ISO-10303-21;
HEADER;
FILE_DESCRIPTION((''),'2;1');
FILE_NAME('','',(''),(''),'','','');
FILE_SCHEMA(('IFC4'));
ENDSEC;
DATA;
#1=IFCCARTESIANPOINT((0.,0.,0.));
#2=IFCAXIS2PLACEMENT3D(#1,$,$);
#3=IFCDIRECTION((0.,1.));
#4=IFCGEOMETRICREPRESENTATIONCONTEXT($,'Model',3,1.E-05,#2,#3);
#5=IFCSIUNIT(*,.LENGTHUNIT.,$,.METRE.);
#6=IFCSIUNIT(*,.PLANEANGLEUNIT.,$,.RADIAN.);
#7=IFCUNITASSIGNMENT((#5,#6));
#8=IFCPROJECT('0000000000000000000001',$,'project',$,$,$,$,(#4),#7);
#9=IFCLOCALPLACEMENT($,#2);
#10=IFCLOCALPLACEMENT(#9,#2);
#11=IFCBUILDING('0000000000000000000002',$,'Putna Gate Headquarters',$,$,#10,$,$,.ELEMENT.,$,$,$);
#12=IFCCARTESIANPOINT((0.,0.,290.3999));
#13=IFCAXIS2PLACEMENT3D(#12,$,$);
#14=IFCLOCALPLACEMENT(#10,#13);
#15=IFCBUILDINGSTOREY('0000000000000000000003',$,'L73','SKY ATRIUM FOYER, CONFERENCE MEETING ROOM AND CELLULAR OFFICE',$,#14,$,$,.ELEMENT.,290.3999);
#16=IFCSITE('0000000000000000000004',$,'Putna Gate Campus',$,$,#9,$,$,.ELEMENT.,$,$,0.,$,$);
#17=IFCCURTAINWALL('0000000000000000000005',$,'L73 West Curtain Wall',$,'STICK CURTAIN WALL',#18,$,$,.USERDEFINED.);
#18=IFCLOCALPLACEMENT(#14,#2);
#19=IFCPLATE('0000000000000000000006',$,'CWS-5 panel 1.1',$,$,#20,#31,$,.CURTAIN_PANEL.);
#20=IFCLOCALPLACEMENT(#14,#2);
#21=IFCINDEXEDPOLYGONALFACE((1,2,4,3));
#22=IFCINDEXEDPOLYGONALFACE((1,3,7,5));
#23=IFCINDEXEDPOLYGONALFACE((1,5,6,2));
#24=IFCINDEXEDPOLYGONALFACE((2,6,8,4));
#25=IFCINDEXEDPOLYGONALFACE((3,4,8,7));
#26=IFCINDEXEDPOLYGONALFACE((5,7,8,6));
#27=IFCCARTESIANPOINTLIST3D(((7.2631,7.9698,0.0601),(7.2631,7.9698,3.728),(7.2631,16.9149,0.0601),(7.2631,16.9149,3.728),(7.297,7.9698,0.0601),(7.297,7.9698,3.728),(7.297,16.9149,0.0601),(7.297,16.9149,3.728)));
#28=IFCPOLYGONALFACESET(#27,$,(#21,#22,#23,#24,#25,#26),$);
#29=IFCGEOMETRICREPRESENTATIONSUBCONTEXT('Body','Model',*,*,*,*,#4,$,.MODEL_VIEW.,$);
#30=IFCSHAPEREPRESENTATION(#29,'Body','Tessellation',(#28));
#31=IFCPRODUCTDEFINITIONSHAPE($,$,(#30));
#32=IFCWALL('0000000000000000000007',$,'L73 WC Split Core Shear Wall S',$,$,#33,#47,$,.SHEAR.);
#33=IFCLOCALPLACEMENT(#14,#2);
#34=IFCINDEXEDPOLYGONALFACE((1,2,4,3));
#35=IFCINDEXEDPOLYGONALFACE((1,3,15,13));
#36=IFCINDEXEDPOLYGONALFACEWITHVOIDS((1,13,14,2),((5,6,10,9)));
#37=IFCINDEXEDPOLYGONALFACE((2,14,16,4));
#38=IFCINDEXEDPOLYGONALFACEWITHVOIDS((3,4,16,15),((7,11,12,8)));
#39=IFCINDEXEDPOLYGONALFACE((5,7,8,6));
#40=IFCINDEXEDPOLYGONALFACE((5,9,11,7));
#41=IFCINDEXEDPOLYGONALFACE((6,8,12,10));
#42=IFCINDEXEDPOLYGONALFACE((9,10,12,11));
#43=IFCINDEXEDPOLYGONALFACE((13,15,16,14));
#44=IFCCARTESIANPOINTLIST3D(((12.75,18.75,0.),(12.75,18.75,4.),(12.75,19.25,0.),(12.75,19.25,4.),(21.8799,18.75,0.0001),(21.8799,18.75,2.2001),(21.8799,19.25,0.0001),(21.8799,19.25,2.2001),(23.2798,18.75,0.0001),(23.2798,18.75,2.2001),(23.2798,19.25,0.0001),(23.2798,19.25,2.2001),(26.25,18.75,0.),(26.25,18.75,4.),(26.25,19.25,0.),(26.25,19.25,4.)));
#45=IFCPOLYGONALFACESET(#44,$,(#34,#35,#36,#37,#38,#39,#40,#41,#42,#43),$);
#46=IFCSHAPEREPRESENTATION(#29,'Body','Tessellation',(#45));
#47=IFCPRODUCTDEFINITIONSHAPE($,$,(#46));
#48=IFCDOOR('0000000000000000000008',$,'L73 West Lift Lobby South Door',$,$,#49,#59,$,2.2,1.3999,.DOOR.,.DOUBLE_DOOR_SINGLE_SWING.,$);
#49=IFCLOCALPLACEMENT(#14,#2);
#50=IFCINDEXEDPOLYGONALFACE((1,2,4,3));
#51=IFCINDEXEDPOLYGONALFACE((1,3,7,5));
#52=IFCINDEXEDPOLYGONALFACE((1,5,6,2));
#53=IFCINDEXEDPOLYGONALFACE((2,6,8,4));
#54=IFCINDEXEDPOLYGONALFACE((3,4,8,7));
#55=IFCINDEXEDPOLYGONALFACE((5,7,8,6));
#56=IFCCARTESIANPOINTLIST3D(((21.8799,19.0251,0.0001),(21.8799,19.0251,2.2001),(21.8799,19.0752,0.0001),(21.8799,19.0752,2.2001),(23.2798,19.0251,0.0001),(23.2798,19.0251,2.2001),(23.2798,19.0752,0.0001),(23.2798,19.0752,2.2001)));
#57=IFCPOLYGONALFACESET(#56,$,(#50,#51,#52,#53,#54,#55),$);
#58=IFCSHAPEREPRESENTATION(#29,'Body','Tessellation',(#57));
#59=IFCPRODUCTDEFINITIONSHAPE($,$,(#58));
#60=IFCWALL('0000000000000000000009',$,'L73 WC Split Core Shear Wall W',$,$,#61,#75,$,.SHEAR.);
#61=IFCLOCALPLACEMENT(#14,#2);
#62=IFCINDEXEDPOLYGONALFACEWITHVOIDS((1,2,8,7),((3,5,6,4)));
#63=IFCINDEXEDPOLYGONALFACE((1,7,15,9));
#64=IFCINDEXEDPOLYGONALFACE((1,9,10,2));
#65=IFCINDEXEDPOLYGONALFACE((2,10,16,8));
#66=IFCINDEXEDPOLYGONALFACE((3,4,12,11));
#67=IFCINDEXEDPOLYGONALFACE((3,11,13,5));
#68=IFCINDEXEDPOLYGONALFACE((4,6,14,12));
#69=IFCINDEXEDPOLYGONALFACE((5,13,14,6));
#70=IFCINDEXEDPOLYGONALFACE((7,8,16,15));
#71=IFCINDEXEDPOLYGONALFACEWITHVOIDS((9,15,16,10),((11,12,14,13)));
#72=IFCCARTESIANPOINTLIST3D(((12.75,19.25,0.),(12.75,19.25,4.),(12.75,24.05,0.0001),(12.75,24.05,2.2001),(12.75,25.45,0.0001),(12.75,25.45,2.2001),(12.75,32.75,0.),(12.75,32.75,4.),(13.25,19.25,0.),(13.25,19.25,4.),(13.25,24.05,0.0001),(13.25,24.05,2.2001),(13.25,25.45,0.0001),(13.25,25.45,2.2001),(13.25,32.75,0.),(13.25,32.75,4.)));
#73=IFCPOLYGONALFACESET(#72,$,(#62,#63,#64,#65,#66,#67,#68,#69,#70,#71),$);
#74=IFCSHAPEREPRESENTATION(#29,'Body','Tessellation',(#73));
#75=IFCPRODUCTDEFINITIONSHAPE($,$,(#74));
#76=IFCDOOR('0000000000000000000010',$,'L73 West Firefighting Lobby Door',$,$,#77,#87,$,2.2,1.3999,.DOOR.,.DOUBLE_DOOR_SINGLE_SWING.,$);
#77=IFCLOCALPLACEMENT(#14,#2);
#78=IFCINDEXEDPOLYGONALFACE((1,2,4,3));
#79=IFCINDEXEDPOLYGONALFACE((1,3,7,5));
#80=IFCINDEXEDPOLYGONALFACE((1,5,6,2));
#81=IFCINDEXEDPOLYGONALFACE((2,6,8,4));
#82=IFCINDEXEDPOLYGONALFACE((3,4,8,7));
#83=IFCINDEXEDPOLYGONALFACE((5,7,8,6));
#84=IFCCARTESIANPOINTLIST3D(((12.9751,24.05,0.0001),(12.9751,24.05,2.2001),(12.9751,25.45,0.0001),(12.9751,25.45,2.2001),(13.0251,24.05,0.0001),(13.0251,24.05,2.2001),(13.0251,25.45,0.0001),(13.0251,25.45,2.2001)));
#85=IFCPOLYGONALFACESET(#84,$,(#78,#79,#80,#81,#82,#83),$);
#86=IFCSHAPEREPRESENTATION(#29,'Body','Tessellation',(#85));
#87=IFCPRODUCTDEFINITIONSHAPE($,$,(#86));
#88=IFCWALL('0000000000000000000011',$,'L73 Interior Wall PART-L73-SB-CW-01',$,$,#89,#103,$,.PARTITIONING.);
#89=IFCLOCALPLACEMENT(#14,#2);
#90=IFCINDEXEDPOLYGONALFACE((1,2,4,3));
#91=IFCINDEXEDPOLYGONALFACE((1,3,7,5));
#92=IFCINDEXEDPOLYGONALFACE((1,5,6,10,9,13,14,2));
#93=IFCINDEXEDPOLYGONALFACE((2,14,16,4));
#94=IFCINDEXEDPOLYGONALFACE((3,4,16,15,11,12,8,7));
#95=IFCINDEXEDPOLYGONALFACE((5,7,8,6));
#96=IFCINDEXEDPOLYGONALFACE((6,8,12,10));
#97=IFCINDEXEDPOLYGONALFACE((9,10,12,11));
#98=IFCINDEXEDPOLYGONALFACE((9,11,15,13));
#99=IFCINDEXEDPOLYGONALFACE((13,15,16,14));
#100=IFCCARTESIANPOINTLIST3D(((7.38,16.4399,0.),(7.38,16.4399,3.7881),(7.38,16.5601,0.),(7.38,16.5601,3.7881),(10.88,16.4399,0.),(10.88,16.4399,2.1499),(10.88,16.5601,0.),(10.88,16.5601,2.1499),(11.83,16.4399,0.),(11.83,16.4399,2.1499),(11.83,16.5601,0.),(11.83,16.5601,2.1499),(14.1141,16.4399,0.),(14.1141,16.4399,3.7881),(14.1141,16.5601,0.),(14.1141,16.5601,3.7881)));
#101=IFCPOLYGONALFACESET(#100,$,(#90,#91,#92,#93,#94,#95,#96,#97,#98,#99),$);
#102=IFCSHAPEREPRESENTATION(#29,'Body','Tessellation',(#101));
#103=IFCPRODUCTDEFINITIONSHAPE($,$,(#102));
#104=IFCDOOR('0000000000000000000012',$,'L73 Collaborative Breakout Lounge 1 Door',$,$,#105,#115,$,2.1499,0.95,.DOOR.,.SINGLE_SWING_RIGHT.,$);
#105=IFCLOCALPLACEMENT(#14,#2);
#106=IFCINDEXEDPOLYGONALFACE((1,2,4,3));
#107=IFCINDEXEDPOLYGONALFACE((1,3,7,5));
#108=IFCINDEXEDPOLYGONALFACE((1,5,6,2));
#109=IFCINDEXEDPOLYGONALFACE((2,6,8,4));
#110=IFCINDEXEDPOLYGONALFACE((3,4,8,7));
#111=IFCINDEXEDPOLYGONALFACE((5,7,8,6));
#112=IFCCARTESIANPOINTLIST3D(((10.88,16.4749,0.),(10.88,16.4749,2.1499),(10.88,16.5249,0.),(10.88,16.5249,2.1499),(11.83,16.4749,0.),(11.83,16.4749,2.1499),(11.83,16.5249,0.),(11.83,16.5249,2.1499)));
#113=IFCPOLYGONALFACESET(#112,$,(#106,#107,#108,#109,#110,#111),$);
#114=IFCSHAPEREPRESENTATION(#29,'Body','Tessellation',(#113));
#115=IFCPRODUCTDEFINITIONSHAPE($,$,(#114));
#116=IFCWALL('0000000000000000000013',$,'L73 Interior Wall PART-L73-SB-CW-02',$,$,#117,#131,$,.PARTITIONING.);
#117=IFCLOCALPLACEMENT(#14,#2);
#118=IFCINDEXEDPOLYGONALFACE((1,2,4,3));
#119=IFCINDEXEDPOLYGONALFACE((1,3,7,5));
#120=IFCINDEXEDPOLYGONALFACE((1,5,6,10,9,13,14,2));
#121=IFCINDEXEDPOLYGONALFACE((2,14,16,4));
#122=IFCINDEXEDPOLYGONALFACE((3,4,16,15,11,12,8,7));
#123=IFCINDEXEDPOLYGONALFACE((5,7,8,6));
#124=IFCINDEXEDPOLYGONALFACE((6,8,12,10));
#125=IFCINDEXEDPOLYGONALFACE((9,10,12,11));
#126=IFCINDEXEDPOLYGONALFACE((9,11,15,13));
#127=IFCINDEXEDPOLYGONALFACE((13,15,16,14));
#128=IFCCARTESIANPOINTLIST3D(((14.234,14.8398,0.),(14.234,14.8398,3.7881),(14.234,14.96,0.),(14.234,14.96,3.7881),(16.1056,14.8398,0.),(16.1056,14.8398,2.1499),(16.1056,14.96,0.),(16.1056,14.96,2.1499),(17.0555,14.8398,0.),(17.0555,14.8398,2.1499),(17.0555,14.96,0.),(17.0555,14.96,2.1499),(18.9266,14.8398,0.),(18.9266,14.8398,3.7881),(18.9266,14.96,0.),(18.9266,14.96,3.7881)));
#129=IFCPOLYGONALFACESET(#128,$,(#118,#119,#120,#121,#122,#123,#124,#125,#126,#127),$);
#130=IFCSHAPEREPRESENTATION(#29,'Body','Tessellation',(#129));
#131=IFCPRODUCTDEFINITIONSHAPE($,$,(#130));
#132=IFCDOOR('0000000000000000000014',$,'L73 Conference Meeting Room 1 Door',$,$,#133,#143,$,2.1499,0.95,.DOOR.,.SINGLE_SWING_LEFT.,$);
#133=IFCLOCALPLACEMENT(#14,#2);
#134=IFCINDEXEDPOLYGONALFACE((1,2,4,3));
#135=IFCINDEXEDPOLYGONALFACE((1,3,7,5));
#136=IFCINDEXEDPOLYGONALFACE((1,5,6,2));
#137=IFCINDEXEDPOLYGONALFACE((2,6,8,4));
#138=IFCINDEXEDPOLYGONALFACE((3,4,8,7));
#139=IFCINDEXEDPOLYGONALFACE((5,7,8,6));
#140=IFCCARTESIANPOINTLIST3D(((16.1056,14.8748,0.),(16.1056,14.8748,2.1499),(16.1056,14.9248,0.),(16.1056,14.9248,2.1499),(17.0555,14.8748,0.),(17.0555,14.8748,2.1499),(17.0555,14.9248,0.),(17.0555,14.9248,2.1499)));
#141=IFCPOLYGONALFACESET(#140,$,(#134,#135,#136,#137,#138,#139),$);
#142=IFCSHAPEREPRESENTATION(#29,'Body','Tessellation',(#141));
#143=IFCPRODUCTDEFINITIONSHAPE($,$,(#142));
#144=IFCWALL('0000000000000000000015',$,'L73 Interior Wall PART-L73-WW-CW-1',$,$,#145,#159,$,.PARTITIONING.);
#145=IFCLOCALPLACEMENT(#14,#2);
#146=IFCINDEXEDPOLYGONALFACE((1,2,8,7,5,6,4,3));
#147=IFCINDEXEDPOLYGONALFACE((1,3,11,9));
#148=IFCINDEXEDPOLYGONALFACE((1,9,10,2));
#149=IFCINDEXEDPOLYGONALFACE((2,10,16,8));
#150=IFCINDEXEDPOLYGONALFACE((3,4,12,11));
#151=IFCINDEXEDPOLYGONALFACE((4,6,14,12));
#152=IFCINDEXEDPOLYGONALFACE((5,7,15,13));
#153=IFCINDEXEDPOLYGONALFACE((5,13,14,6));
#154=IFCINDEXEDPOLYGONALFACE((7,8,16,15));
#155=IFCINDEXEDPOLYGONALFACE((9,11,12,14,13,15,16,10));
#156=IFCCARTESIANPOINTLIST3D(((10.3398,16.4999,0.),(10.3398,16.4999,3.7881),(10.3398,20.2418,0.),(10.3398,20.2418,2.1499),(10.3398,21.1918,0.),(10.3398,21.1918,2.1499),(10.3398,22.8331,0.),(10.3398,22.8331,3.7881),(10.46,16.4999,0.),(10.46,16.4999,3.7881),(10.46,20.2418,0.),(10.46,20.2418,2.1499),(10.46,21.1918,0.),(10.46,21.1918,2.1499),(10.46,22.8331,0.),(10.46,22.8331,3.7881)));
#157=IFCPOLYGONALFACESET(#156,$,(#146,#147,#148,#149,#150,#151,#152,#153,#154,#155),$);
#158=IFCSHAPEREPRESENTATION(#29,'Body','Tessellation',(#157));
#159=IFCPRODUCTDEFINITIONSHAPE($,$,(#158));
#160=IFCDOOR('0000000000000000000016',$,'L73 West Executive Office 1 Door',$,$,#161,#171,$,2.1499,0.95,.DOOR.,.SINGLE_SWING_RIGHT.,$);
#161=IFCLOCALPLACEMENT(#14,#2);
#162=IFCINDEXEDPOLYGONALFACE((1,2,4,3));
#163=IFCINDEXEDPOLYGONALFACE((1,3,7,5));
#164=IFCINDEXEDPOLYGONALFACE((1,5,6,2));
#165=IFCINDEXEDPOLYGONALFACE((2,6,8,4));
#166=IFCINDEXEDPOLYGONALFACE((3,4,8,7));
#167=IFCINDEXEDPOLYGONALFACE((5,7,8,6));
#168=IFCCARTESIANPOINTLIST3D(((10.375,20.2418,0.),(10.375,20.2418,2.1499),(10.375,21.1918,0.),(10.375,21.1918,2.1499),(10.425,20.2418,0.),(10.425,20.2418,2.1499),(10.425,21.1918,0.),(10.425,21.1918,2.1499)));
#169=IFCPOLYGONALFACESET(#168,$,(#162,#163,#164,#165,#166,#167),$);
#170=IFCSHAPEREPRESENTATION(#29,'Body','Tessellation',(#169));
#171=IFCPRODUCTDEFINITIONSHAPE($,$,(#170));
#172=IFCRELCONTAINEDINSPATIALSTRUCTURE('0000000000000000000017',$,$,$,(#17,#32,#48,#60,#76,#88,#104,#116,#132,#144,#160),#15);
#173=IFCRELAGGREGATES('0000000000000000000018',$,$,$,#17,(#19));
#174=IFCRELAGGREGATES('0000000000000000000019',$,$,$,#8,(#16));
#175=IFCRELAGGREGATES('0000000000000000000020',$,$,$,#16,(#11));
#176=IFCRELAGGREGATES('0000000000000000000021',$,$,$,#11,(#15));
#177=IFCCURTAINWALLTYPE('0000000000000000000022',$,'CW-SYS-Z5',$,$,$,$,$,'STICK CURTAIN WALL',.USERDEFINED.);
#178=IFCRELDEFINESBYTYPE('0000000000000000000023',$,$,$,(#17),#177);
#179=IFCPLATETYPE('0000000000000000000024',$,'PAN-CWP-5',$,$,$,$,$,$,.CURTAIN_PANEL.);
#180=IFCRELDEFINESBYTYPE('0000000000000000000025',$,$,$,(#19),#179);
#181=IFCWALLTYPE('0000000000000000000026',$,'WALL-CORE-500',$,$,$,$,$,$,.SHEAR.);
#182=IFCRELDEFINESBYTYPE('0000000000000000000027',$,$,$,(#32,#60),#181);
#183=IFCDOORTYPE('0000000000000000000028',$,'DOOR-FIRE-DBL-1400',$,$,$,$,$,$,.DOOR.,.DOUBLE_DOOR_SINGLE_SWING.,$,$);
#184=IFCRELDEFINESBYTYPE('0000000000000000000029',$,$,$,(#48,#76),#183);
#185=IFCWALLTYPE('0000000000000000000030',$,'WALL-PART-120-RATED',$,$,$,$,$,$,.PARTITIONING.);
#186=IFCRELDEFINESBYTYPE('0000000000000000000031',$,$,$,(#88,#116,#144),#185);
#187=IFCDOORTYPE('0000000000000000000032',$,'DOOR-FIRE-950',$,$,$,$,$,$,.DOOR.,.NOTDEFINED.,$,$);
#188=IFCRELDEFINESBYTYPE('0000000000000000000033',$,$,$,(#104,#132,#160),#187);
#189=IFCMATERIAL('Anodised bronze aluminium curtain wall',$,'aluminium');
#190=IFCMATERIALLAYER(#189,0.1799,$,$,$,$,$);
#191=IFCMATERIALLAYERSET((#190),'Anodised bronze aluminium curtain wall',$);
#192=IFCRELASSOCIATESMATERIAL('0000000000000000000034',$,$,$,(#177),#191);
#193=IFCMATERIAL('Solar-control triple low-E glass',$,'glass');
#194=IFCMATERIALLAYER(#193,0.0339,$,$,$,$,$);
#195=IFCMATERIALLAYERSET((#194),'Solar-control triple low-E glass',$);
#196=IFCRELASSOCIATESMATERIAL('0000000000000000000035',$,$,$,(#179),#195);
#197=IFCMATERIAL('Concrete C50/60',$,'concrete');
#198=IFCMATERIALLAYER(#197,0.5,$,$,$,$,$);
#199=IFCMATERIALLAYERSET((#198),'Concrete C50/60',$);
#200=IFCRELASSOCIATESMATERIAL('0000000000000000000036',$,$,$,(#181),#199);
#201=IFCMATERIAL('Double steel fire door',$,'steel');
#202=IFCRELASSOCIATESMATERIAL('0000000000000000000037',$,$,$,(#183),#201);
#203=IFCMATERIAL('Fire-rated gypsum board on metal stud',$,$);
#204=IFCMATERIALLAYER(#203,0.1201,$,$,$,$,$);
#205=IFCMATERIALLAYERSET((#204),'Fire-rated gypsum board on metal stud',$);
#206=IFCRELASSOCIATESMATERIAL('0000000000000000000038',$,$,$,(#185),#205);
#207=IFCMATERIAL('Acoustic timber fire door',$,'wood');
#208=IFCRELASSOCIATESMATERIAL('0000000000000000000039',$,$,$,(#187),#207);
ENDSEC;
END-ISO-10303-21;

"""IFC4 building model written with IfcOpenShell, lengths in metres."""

from ifc_helpers import new_model, si_unit, direction, frame, frame_2d, origin, origin_2d, place, context, subcontext, project, spatial, rectangle, extrude, material, layer, layer_set, type_object, element, fill, aggregate, save


model = new_model("IFC4")

# Units and contexts
model_context = context("Model", 3, precision=1e-05, world=origin(), true_north=direction((0.0, 1.0)))
body_context = subcontext(model_context, "Body", "Model", "MODEL_VIEW")
ifc_project = project(units=[si_unit("LENGTHUNIT", "METRE"), si_unit("PLANEANGLEUNIT", "RADIAN")], contexts=[model_context])

# Site, building, storey
site_placement = place(None, origin())
site = spatial("IfcSite", under=ifc_project, at=site_placement, Name="Putna Gate Campus", CompositionType="ELEMENT", RefElevation=0.0)
building_placement = place(site_placement, origin())
building = spatial("IfcBuilding", under=site, at=building_placement, Name="Putna Gate Headquarters", CompositionType="ELEMENT")
storey_placement = place(building_placement, frame((0.0, 0.0, 290.3999)))
storey = spatial("IfcBuildingStorey", under=building, at=storey_placement, Name="L73", Description="SKY ATRIUM FOYER, CONFERENCE MEETING ROOM AND CELLULAR OFFICE", CompositionType="ELEMENT", Elevation=290.3999)

# Curtain wall, plate
ifc_material_1 = material(Name="Anodised bronze aluminium curtain wall", Category="aluminium")
ifc_layer_1 = layer(ifc_material_1, 0.1799)
ifc_layer_set_1 = layer_set([ifc_layer_1], Name="Anodised bronze aluminium curtain wall")
curtain_wall_type = type_object("IfcCurtainWallType", Name="CW-SYS-Z5", ElementType="STICK CURTAIN WALL", PredefinedType="USERDEFINED", material=ifc_layer_set_1)
curtain_wall_placement = place(storey_placement, origin())
curtain_wall = element("IfcCurtainWall", 1, at=curtain_wall_placement, inside=storey, type_object=curtain_wall_type, Name="L73 West Curtain Wall", ObjectType="STICK CURTAIN WALL", PredefinedType="USERDEFINED")
ifc_material_2 = material(Name="Solar-control triple low-E glass", Category="glass")
ifc_layer_2 = layer(ifc_material_2, 0.0339)
ifc_layer_set_2 = layer_set([ifc_layer_2], Name="Solar-control triple low-E glass")
plate_type = type_object("IfcPlateType", Name="PAN-CWP-5", PredefinedType="CURTAIN_PANEL", material=ifc_layer_set_2)
plate_placement = place(storey_placement, frame((7.28, 12.4424, 0.0601), z_axis=(0.0, 0.0, 1.0), x_axis=(0.0, 1.0, 0.0)))
plate = element("IfcPlate", 2, at=plate_placement, type_object=plate_type, Name="CWS-5 panel 1.1", PredefinedType="CURTAIN_PANEL", context=body_context, shape_type="SweptSolid", body=[
    extrude(rectangle(XDim=8.9451, YDim=0.0339, at=origin_2d()), origin(), (0.0, 0.0, 1.0), 3.668),
])
aggregate(curtain_wall, [plate])

# Walls, openings, doors
ifc_material_3 = material(Name="Concrete C50/60", Category="concrete")
ifc_layer_3 = layer(ifc_material_3, 0.5)
ifc_layer_set_3 = layer_set([ifc_layer_3], Name="Concrete C50/60")
wall_type_1 = type_object("IfcWallType", Name="WALL-CORE-500", PredefinedType="SHEAR", material=ifc_layer_set_3)
wall_1_placement = place(storey_placement, frame((12.75, 19.0, 0.0), z_axis=(0.0, 0.0, 1.0), x_axis=(1.0, 0.0, 0.0)))
wall_1 = element("IfcWall", 3, at=wall_1_placement, inside=storey, type_object=wall_type_1, Name="L73 WC Split Core Shear Wall S", PredefinedType="SHEAR", context=body_context, shape_type="SweptSolid", body=[
    extrude(rectangle(XDim=13.5, YDim=0.5, at=frame_2d((6.75, 0.0))), origin(), (0.0, 0.0, 1.0), 4.0),
])
opening_1_placement = place(wall_1_placement, frame((9.1299, 0.0, 0.0)))
opening_1 = element("IfcOpeningElement", 4, at=opening_1_placement, cuts=wall_1, PredefinedType="OPENING", context=body_context, shape_type="SweptSolid", body=[
    extrude(rectangle(XDim=1.3999, YDim=2.2, at=frame_2d((0.7, 1.1001))), frame((0.0, 0.26, 0.0), z_axis=(0.0, -1.0, 0.0), x_axis=(1.0, 0.0, 0.0)), (0.0, 0.0, 1.0), 0.52),
])
ifc_material_4 = material(Name="Double steel fire door", Category="steel")
door_type_1 = type_object("IfcDoorType", Name="DOOR-FIRE-DBL-1400", OperationType="DOUBLE_DOOR_SINGLE_SWING", PredefinedType="DOOR", material=ifc_material_4)
door_1_placement = place(opening_1_placement, origin())
door_1 = element("IfcDoor", 5, at=door_1_placement, inside=storey, type_object=door_type_1, Name="L73 West Lift Lobby South Door", OperationType="DOUBLE_DOOR_SINGLE_SWING", OverallHeight=2.2, OverallWidth=1.3999, PredefinedType="DOOR", context=body_context, shape_type="SweptSolid", body=[
    extrude(rectangle(XDim=1.3999, YDim=2.2, at=frame_2d((0.7, 1.1001))), frame((0.0, 0.0752, 0.0), z_axis=(0.0, -1.0, 0.0), x_axis=(1.0, 0.0, 0.0)), (0.0, 0.0, 1.0), 0.05),
])
fill(opening_1, door_1)
wall_2_placement = place(storey_placement, frame((13.0, 19.25, 0.0), z_axis=(0.0, 0.0, 1.0), x_axis=(0.0, 1.0, 0.0)))
wall_2 = element("IfcWall", 6, at=wall_2_placement, inside=storey, type_object=wall_type_1, Name="L73 WC Split Core Shear Wall W", PredefinedType="SHEAR", context=body_context, shape_type="SweptSolid", body=[
    extrude(rectangle(XDim=13.5, YDim=0.5, at=frame_2d((6.75, 0.0))), origin(), (0.0, 0.0, 1.0), 4.0),
])
opening_2_placement = place(wall_2_placement, frame((4.8, 0.0, 0.0)))
opening_2 = element("IfcOpeningElement", 7, at=opening_2_placement, cuts=wall_2, PredefinedType="OPENING", context=body_context, shape_type="SweptSolid", body=[
    extrude(rectangle(XDim=1.3999, YDim=2.2, at=frame_2d((0.7, 1.1001))), frame((0.0, 0.26, 0.0), z_axis=(0.0, -1.0, 0.0), x_axis=(1.0, 0.0, 0.0)), (0.0, 0.0, 1.0), 0.52),
])
door_2_placement = place(opening_2_placement, origin())
door_2 = element("IfcDoor", 8, at=door_2_placement, inside=storey, type_object=door_type_1, Name="L73 West Firefighting Lobby Door", OperationType="DOUBLE_DOOR_SINGLE_SWING", OverallHeight=2.2, OverallWidth=1.3999, PredefinedType="DOOR", context=body_context, shape_type="SweptSolid", body=[
    extrude(rectangle(XDim=1.3999, YDim=2.2, at=frame_2d((0.7, 1.1001))), frame((0.0, 0.0249, 0.0), z_axis=(0.0, -1.0, 0.0), x_axis=(1.0, 0.0, 0.0)), (0.0, 0.0, 1.0), 0.05),
])
fill(opening_2, door_2)
ifc_material_5 = material(Name="Fire-rated gypsum board on metal stud")
ifc_layer_4 = layer(ifc_material_5, 0.1201)
ifc_layer_set_4 = layer_set([ifc_layer_4], Name="Fire-rated gypsum board on metal stud")
wall_type_2 = type_object("IfcWallType", Name="WALL-PART-120-RATED", PredefinedType="PARTITIONING", material=ifc_layer_set_4)
wall_3_placement = place(storey_placement, frame((7.3799, 16.5, 0.0), z_axis=(0.0, 0.0, 1.0), x_axis=(1.0, 0.0, 0.0)))
wall_3 = element("IfcWall", 9, at=wall_3_placement, inside=storey, type_object=wall_type_2, Name="L73 Interior Wall PART-L73-SB-CW-01", PredefinedType="PARTITIONING", context=body_context, shape_type="SweptSolid", body=[
    extrude(rectangle(XDim=6.7341, YDim=0.1201, at=frame_2d((3.3672, 0.0))), origin(), (0.0, 0.0, 1.0), 3.7881),
])
opening_3_placement = place(wall_3_placement, frame((3.5, 0.0, 0.0)))
opening_3 = element("IfcOpeningElement", 10, at=opening_3_placement, cuts=wall_3, PredefinedType="OPENING", context=body_context, shape_type="SweptSolid", body=[
    extrude(rectangle(XDim=0.95, YDim=2.1499, at=frame_2d((0.4751, 1.075))), frame((0.0, 0.0701, 0.0), z_axis=(0.0, -1.0, 0.0), x_axis=(1.0, 0.0, 0.0)), (0.0, 0.0, 1.0), 0.1401),
])
ifc_material_6 = material(Name="Acoustic timber fire door", Category="wood")
door_type_2 = type_object("IfcDoorType", Name="DOOR-FIRE-950", OperationType="NOTDEFINED", PredefinedType="DOOR", material=ifc_material_6)
door_3_placement = place(opening_3_placement, origin())
door_3 = element("IfcDoor", 11, at=door_3_placement, inside=storey, type_object=door_type_2, Name="L73 Collaborative Breakout Lounge 1 Door", OperationType="SINGLE_SWING_RIGHT", OverallHeight=2.1499, OverallWidth=0.95, PredefinedType="DOOR", context=body_context, shape_type="SweptSolid", body=[
    extrude(rectangle(XDim=0.95, YDim=2.1499, at=frame_2d((0.4751, 1.075))), frame((0.0, 0.0249, 0.0), z_axis=(0.0, -1.0, 0.0), x_axis=(1.0, 0.0, 0.0)), (0.0, 0.0, 1.0), 0.05),
])
fill(opening_3, door_3)
wall_4_placement = place(storey_placement, frame((14.2341, 14.8999, 0.0), z_axis=(0.0, 0.0, 1.0), x_axis=(1.0, 0.0, 0.0)))
wall_4 = element("IfcWall", 12, at=wall_4_placement, inside=storey, type_object=wall_type_2, Name="L73 Interior Wall PART-L73-SB-CW-02", PredefinedType="PARTITIONING", context=body_context, shape_type="SweptSolid", body=[
    extrude(rectangle(XDim=4.6926, YDim=0.1201, at=frame_2d((2.3462, 0.0))), origin(), (0.0, 0.0, 1.0), 3.7881),
])
opening_4_placement = place(wall_4_placement, frame((1.8713, 0.0, 0.0)))
opening_4 = element("IfcOpeningElement", 13, at=opening_4_placement, cuts=wall_4, PredefinedType="OPENING", context=body_context, shape_type="SweptSolid", body=[
    extrude(rectangle(XDim=0.95, YDim=2.1499, at=frame_2d((0.4751, 1.075))), frame((0.0, 0.0701, 0.0), z_axis=(0.0, -1.0, 0.0), x_axis=(1.0, 0.0, 0.0)), (0.0, 0.0, 1.0), 0.1401),
])
door_4_placement = place(opening_4_placement, origin())
door_4 = element("IfcDoor", 14, at=door_4_placement, inside=storey, type_object=door_type_2, Name="L73 Conference Meeting Room 1 Door", OperationType="SINGLE_SWING_LEFT", OverallHeight=2.1499, OverallWidth=0.95, PredefinedType="DOOR", context=body_context, shape_type="SweptSolid", body=[
    extrude(rectangle(XDim=0.95, YDim=2.1499, at=frame_2d((0.4751, 1.075))), frame((0.0, 0.0249, 0.0), z_axis=(0.0, -1.0, 0.0), x_axis=(1.0, 0.0, 0.0)), (0.0, 0.0, 1.0), 0.05),
])
fill(opening_4, door_4)
wall_5_placement = place(storey_placement, frame((10.3999, 16.5, 0.0), z_axis=(0.0, 0.0, 1.0), x_axis=(0.0, 1.0, 0.0)))
wall_5 = element("IfcWall", 15, at=wall_5_placement, inside=storey, type_object=wall_type_2, Name="L73 Interior Wall PART-L73-WW-CW-1", PredefinedType="PARTITIONING", context=body_context, shape_type="SweptSolid", body=[
    extrude(rectangle(XDim=6.3333, YDim=0.1201, at=frame_2d((3.1665, 0.0))), origin(), (0.0, 0.0, 1.0), 3.7881),
])
opening_5_placement = place(wall_5_placement, frame((3.7417, 0.0, 0.0)))
opening_5 = element("IfcOpeningElement", 16, at=opening_5_placement, cuts=wall_5, PredefinedType="OPENING", context=body_context, shape_type="SweptSolid", body=[
    extrude(rectangle(XDim=0.95, YDim=2.1499, at=frame_2d((0.4751, 1.075))), frame((0.0, 0.0701, 0.0), z_axis=(0.0, -1.0, 0.0), x_axis=(1.0, 0.0, 0.0)), (0.0, 0.0, 1.0), 0.1401),
])
door_5_placement = place(opening_5_placement, origin())
door_5 = element("IfcDoor", 17, at=door_5_placement, inside=storey, type_object=door_type_2, Name="L73 West Executive Office 1 Door", OperationType="SINGLE_SWING_RIGHT", OverallHeight=2.1499, OverallWidth=0.95, PredefinedType="DOOR", context=body_context, shape_type="SweptSolid", body=[
    extrude(rectangle(XDim=0.95, YDim=2.1499, at=frame_2d((0.4751, 1.075))), frame((0.0, 0.0249, 0.0), z_axis=(0.0, -1.0, 0.0), x_axis=(1.0, 0.0, 0.0)), (0.0, 0.0, 1.0), 0.05),
])
fill(opening_5, door_5)

save(model, "model.ifc")
